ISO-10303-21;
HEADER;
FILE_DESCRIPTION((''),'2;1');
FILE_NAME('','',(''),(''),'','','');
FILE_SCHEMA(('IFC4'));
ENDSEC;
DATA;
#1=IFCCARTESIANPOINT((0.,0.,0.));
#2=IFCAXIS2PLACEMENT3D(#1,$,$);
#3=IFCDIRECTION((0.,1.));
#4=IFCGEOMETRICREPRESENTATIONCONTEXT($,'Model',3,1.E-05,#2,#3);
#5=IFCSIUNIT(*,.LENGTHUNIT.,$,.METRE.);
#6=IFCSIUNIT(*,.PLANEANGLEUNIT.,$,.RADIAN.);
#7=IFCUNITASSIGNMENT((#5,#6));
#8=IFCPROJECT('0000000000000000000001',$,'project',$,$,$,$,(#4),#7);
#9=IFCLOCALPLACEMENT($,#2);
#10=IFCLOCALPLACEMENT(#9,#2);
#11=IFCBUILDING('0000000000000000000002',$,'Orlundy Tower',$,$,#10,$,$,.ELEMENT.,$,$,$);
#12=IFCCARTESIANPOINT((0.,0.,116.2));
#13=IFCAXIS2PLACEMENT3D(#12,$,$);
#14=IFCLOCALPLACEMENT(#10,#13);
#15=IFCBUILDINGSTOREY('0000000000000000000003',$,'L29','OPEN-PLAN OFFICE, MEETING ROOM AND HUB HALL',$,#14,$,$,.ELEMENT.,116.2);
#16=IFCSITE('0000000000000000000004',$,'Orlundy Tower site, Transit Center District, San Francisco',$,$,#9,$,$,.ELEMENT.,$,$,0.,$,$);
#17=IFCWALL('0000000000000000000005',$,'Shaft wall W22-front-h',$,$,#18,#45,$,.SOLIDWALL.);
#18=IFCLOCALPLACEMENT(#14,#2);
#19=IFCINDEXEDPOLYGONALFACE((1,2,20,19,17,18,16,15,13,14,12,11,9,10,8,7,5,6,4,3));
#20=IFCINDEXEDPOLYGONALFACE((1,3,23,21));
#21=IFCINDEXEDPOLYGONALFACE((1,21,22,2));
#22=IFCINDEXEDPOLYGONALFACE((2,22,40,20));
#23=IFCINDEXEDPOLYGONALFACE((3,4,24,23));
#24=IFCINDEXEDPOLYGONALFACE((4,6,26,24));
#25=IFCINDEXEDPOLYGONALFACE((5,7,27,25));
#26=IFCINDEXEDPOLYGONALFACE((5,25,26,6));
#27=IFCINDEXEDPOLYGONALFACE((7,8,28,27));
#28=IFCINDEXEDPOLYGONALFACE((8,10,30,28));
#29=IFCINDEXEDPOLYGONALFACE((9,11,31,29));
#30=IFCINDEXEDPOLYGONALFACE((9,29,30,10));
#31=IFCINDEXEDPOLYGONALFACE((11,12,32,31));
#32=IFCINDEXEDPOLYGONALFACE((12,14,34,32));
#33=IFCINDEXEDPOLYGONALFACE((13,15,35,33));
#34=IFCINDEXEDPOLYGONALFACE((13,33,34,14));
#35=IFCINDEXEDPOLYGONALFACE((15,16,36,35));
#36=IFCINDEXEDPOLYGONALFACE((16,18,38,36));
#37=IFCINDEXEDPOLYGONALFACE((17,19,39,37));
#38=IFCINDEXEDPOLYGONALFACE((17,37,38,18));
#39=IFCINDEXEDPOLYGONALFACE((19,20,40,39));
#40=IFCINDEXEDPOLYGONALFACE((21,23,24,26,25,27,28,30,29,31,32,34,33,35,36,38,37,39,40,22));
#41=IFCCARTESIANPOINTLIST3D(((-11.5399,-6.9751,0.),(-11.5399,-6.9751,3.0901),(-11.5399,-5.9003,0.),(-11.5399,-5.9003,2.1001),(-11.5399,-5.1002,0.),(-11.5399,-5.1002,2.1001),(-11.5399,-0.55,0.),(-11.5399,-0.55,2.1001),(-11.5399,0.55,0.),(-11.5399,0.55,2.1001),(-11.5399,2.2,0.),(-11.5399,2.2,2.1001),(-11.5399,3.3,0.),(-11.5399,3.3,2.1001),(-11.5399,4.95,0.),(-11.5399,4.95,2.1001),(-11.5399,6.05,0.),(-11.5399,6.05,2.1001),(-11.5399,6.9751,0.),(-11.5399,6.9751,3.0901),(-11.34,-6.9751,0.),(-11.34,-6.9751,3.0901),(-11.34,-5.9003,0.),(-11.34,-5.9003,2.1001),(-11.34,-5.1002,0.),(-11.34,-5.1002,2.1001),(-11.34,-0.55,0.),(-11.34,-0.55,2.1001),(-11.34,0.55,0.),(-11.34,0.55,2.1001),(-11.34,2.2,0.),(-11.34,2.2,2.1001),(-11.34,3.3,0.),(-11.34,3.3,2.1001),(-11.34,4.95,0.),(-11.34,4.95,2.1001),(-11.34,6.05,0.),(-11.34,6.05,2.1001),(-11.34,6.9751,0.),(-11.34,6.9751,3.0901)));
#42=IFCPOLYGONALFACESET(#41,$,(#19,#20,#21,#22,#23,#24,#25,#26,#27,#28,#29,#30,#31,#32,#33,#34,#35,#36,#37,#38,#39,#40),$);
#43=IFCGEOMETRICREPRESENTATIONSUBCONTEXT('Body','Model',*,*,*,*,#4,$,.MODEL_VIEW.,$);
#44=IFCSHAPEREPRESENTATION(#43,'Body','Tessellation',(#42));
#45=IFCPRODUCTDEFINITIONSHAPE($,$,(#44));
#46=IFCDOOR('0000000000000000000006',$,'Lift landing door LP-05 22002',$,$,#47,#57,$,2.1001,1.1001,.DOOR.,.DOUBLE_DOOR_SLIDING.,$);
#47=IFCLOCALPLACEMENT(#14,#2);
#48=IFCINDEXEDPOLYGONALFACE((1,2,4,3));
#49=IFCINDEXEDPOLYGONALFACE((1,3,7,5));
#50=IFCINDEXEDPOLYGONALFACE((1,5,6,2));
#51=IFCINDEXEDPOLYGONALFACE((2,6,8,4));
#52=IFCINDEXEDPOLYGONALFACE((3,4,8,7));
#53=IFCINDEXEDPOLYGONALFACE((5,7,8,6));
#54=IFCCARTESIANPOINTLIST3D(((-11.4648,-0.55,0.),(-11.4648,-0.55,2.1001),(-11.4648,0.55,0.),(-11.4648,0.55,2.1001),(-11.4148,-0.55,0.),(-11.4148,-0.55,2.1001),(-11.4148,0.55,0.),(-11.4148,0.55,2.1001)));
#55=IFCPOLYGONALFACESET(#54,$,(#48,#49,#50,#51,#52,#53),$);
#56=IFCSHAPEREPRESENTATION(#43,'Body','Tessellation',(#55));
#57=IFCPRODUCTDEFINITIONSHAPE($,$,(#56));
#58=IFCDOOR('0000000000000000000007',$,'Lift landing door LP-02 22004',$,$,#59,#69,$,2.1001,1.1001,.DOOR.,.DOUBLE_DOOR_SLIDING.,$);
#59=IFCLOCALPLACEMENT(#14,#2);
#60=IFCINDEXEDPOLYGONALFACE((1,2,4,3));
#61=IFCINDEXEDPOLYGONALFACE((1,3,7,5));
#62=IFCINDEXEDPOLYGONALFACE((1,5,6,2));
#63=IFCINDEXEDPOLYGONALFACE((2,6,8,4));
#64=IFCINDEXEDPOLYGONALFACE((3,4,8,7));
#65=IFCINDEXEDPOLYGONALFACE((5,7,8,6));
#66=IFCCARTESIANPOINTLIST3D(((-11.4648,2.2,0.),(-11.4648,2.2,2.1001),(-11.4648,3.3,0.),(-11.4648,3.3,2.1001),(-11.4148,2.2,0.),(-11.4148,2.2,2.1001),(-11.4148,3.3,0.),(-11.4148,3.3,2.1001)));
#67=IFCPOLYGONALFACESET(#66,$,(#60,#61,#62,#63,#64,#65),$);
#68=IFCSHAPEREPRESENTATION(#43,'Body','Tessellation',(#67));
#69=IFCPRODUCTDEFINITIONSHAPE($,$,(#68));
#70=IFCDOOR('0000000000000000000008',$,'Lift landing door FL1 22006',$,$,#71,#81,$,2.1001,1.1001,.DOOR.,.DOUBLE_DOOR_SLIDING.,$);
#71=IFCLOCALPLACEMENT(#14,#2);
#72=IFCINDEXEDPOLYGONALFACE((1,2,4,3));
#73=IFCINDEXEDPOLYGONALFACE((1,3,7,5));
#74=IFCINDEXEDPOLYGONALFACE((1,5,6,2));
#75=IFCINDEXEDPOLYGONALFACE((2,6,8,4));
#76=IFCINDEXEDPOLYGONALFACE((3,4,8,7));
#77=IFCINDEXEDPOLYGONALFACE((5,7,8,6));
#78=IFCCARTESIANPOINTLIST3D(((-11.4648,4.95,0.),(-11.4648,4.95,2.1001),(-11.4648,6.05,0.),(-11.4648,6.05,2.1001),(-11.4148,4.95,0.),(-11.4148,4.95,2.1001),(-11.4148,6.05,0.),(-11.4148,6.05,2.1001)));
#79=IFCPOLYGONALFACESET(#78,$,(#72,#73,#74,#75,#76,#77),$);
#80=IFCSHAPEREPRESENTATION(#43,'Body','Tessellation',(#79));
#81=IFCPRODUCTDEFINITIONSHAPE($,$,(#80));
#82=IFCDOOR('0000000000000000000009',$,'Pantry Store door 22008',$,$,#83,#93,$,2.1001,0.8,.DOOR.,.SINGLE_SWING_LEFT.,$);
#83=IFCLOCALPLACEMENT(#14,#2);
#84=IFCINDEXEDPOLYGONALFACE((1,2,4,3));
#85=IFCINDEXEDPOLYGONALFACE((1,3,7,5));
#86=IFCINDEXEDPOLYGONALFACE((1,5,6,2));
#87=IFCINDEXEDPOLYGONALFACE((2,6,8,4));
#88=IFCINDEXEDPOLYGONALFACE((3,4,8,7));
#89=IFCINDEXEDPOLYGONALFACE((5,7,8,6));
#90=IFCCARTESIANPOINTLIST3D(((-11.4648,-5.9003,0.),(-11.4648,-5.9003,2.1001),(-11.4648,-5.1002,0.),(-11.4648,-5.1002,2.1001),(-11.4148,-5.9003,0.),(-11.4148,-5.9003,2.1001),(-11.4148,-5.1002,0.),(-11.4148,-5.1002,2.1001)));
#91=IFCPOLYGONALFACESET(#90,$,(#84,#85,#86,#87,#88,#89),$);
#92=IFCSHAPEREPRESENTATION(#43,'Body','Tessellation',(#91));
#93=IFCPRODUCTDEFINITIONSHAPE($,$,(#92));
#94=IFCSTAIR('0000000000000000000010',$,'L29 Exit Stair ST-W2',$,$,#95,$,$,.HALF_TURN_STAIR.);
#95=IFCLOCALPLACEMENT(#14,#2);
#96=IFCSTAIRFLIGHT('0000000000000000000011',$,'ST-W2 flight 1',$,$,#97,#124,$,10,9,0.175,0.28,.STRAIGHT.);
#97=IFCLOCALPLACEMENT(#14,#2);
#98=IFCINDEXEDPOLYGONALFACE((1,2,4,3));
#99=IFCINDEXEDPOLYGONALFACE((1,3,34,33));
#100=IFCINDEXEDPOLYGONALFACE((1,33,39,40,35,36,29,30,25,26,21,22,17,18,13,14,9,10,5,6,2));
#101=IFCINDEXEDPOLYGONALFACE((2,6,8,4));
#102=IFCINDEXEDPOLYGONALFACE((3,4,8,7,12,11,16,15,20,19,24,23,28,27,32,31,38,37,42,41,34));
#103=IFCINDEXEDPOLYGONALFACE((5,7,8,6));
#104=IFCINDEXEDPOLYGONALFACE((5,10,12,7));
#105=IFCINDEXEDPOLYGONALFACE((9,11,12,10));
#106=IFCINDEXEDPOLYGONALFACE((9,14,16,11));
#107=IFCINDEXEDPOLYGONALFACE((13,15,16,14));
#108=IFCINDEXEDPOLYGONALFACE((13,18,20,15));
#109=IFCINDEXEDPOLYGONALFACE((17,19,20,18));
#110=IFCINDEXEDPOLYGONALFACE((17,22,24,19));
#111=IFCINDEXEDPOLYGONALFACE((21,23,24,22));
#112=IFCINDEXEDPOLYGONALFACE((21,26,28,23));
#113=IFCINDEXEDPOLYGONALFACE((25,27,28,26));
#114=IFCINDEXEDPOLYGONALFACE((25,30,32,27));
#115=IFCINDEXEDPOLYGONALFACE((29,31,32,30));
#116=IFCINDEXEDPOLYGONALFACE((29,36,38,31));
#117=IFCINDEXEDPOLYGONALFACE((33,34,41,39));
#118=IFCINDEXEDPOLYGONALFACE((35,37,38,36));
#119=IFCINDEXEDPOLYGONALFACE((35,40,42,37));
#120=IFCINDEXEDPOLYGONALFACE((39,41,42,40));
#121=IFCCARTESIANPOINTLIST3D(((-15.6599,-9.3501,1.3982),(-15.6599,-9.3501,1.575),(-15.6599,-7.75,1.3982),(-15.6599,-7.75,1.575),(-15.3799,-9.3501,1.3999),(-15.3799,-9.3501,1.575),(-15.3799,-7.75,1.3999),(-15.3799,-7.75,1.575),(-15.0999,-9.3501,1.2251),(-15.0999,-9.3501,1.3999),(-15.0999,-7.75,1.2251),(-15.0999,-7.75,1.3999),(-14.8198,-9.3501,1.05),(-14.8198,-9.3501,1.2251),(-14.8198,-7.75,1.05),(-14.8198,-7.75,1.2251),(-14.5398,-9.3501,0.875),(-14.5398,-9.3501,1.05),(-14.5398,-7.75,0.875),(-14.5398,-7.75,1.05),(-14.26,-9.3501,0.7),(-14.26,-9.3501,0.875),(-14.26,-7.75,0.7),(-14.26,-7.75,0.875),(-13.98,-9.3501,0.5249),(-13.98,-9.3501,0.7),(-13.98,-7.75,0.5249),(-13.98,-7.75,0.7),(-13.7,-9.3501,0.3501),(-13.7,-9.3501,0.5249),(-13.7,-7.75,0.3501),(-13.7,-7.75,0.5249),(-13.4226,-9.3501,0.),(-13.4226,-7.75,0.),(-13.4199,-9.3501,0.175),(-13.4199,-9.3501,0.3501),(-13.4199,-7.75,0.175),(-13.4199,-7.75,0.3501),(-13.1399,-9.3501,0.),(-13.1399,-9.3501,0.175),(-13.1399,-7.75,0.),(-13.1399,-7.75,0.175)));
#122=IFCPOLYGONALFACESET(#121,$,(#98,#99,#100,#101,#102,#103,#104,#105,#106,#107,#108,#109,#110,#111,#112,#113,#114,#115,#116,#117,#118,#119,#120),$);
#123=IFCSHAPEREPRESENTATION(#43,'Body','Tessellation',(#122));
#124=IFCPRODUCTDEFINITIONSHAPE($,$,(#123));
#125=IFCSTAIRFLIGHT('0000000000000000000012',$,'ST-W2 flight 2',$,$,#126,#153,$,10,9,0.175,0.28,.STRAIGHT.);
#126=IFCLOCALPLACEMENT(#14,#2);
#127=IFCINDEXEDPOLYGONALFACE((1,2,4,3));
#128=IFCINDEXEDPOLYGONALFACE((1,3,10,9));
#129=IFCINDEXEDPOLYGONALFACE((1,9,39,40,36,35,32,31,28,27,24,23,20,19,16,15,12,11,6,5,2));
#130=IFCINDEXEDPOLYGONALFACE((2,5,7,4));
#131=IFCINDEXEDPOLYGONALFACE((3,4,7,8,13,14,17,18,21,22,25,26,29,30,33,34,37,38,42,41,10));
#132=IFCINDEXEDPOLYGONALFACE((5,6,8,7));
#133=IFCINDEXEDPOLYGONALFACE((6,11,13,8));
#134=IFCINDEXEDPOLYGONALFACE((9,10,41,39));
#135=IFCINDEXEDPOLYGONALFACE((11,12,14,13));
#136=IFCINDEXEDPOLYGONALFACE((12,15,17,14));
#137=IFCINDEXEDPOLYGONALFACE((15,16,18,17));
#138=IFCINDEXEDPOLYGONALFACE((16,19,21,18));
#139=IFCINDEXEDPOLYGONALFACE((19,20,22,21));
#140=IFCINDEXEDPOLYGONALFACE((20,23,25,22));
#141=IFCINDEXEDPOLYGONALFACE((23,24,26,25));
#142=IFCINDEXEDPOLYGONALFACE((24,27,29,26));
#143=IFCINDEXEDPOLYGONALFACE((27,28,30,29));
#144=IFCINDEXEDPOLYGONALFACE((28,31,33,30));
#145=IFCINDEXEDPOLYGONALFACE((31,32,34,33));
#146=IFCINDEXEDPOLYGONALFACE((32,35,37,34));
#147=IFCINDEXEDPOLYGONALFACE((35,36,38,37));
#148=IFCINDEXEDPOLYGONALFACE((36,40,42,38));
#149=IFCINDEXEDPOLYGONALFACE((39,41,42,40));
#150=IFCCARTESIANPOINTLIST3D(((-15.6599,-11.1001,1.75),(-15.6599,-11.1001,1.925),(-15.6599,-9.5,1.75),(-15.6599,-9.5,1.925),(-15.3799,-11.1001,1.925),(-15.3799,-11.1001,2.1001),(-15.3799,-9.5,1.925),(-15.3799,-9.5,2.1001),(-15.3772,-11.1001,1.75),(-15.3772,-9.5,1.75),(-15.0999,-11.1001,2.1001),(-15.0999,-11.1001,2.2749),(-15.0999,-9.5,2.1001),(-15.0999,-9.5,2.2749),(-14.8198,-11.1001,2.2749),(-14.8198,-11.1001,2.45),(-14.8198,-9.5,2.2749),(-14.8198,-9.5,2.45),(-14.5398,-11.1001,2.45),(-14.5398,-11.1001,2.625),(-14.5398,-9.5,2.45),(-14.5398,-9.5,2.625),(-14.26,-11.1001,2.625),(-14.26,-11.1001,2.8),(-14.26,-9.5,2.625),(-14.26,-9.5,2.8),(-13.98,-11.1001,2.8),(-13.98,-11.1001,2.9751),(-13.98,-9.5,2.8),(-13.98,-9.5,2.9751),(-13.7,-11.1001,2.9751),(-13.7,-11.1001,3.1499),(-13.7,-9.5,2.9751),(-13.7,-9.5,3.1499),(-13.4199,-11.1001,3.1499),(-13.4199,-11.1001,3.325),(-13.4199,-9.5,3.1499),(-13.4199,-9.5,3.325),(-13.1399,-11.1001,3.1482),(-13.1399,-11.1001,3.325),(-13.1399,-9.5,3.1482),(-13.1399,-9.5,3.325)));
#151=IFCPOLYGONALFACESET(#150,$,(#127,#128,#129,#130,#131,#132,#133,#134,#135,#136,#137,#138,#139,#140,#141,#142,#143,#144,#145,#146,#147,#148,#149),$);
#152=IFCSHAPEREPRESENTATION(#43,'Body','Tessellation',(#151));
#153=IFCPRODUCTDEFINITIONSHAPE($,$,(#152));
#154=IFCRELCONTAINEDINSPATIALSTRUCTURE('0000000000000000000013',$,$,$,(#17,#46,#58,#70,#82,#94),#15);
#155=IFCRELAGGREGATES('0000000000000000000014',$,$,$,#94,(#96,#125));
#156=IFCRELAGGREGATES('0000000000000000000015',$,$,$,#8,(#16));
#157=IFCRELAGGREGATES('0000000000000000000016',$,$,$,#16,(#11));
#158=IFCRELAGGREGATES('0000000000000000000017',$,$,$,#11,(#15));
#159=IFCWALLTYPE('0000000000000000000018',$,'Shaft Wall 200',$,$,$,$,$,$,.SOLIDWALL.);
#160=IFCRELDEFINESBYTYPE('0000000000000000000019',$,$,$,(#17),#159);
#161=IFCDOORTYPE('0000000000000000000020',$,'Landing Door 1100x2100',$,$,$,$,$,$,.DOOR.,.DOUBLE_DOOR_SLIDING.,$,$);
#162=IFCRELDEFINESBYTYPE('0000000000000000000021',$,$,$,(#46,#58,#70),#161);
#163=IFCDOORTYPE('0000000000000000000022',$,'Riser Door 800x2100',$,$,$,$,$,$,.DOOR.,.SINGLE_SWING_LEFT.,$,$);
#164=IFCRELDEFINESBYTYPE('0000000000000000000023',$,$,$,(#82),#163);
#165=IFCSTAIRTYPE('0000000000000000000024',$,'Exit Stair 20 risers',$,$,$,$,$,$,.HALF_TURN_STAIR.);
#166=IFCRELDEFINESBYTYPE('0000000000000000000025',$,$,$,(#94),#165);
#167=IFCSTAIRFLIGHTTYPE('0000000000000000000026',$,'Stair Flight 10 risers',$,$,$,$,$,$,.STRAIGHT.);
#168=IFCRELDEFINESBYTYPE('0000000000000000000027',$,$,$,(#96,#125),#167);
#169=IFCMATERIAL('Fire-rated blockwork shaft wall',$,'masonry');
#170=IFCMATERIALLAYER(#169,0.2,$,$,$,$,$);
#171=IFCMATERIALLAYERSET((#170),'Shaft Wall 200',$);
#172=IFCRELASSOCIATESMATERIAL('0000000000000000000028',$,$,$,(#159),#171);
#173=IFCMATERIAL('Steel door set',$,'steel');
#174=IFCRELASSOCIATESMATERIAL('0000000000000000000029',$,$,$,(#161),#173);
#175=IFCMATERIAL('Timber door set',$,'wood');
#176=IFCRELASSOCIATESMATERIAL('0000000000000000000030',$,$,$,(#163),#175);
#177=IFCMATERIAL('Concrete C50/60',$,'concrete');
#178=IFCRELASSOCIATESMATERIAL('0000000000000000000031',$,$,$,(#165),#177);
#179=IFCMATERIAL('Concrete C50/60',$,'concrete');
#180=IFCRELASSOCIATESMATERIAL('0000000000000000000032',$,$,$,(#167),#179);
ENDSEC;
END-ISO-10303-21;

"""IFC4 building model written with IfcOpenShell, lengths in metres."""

from ifc_helpers import new_model, si_unit, direction, frame, frame_2d, origin, place, context, subcontext, project, spatial, polyline, rectangle, outline, extrude, material, layer, layer_set, type_object, element, fill, aggregate, save


model = new_model("IFC4")

# Units and contexts
model_context = context("Model", 3, precision=1e-05, world=origin(), true_north=direction((0.0, 1.0)))
body_context = subcontext(model_context, "Body", "Model", "MODEL_VIEW")
ifc_project = project(units=[si_unit("LENGTHUNIT", "METRE"), si_unit("PLANEANGLEUNIT", "RADIAN")], contexts=[model_context])

# Site, building, storey
site_placement = place(None, origin())
site = spatial("IfcSite", under=ifc_project, at=site_placement, Name="Orlundy Tower site, Transit Center District, San Francisco", CompositionType="ELEMENT", RefElevation=0.0)
building_placement = place(site_placement, origin())
building = spatial("IfcBuilding", under=site, at=building_placement, Name="Orlundy Tower", CompositionType="ELEMENT")
storey_placement = place(building_placement, frame((0.0, 0.0, 116.2)))
storey = spatial("IfcBuildingStorey", under=building, at=storey_placement, Name="L29", Description="OPEN-PLAN OFFICE, MEETING ROOM AND HUB HALL", CompositionType="ELEMENT", Elevation=116.2)

# Shared definitions
ifc_material_1 = material(Name="Fire-rated blockwork shaft wall", Category="masonry")
ifc_layer_1 = layer(ifc_material_1, 0.2)
ifc_layer_set_1 = layer_set([ifc_layer_1], Name="Shaft Wall 200")
wall_type_1 = type_object("IfcWallType", Name="Shaft Wall 200", PredefinedType="SOLIDWALL", material=ifc_layer_set_1)

# Wall, openings, doors
wall_1_placement = place(storey_placement, frame((-11.4399, -6.9751, 0.0), z_axis=(0.0, 0.0, 1.0), x_axis=(0.0, 1.0, 0.0)))
wall_1 = element("IfcWall", 1, at=wall_1_placement, inside=storey, type_object=wall_type_1, Name="Shaft wall W22-front-h", PredefinedType="SOLIDWALL", context=body_context, shape_type="SweptSolid", body=[
    extrude(rectangle(XDim=13.9502, YDim=0.2, at=frame_2d((6.9751, 0.0))), origin(), (0.0, 0.0, 1.0), 3.0901),
])
opening_1_placement = place(wall_1_placement, frame((6.425, 0.0, 0.0)))
opening_1 = element("IfcOpeningElement", 2, at=opening_1_placement, cuts=wall_1, PredefinedType="OPENING", context=body_context, shape_type="SweptSolid", body=[
    extrude(rectangle(XDim=1.1001, YDim=2.1001, at=frame_2d((0.55, 1.05))), frame((0.0, 0.1101, 0.0), z_axis=(0.0, -1.0, 0.0), x_axis=(1.0, 0.0, 0.0)), (0.0, 0.0, 1.0), 0.2202),
])
opening_2_placement = place(wall_1_placement, frame((9.175, 0.0, 0.0)))
opening_2 = element("IfcOpeningElement", 3, at=opening_2_placement, cuts=wall_1, PredefinedType="OPENING", context=body_context, shape_type="SweptSolid", body=[
    extrude(rectangle(XDim=1.1001, YDim=2.1001, at=frame_2d((0.55, 1.05))), frame((0.0, 0.1101, 0.0), z_axis=(0.0, -1.0, 0.0), x_axis=(1.0, 0.0, 0.0)), (0.0, 0.0, 1.0), 0.2202),
])
opening_3_placement = place(wall_1_placement, frame((11.925, 0.0, 0.0)))
opening_3 = element("IfcOpeningElement", 4, at=opening_3_placement, cuts=wall_1, PredefinedType="OPENING", context=body_context, shape_type="SweptSolid", body=[
    extrude(rectangle(XDim=1.1001, YDim=2.1001, at=frame_2d((0.55, 1.05))), frame((0.0, 0.1101, 0.0), z_axis=(0.0, -1.0, 0.0), x_axis=(1.0, 0.0, 0.0)), (0.0, 0.0, 1.0), 0.2202),
])
opening_4_placement = place(wall_1_placement, frame((1.075, 0.0, 0.0)))
opening_4 = element("IfcOpeningElement", 5, at=opening_4_placement, cuts=wall_1, PredefinedType="OPENING", context=body_context, shape_type="SweptSolid", body=[
    extrude(rectangle(XDim=0.8, YDim=2.1001, at=frame_2d((0.3999, 1.05))), frame((0.0, 0.1101, 0.0), z_axis=(0.0, -1.0, 0.0), x_axis=(1.0, 0.0, 0.0)), (0.0, 0.0, 1.0), 0.2202),
])
ifc_material_2 = material(Name="Steel door set", Category="steel")
door_type_1 = type_object("IfcDoorType", Name="Landing Door 1100x2100", OperationType="DOUBLE_DOOR_SLIDING", PredefinedType="DOOR", material=ifc_material_2)
door_1_placement = place(opening_1_placement, origin())
door_1 = element("IfcDoor", 6, at=door_1_placement, inside=storey, type_object=door_type_1, Name="Lift landing door LP-05 22002", OperationType="DOUBLE_DOOR_SLIDING", OverallHeight=2.1001, OverallWidth=1.1001, PredefinedType="DOOR", context=body_context, shape_type="SweptSolid", body=[
    extrude(rectangle(XDim=1.1001, YDim=2.1001, at=frame_2d((0.55, 1.05))), frame((0.0, 0.0249, 0.0), z_axis=(0.0, -1.0, 0.0), x_axis=(1.0, 0.0, 0.0)), (0.0, 0.0, 1.0), 0.05),
])
fill(opening_1, door_1)
door_2_placement = place(opening_2_placement, origin())
door_2 = element("IfcDoor", 7, at=door_2_placement, inside=storey, type_object=door_type_1, Name="Lift landing door LP-02 22004", OperationType="DOUBLE_DOOR_SLIDING", OverallHeight=2.1001, OverallWidth=1.1001, PredefinedType="DOOR", context=body_context, shape_type="SweptSolid", body=[
    extrude(rectangle(XDim=1.1001, YDim=2.1001, at=frame_2d((0.55, 1.05))), frame((0.0, 0.0249, 0.0), z_axis=(0.0, -1.0, 0.0), x_axis=(1.0, 0.0, 0.0)), (0.0, 0.0, 1.0), 0.05),
])
fill(opening_2, door_2)
door_3_placement = place(opening_3_placement, origin())
door_3 = element("IfcDoor", 8, at=door_3_placement, inside=storey, type_object=door_type_1, Name="Lift landing door FL1 22006", OperationType="DOUBLE_DOOR_SLIDING", OverallHeight=2.1001, OverallWidth=1.1001, PredefinedType="DOOR", context=body_context, shape_type="SweptSolid", body=[
    extrude(rectangle(XDim=1.1001, YDim=2.1001, at=frame_2d((0.55, 1.05))), frame((0.0, 0.0249, 0.0), z_axis=(0.0, -1.0, 0.0), x_axis=(1.0, 0.0, 0.0)), (0.0, 0.0, 1.0), 0.05),
])
fill(opening_3, door_3)
ifc_material_3 = material(Name="Timber door set", Category="wood")
door_type_2 = type_object("IfcDoorType", Name="Riser Door 800x2100", OperationType="SINGLE_SWING_LEFT", PredefinedType="DOOR", material=ifc_material_3)
door_4_placement = place(opening_4_placement, origin())
door_4 = element("IfcDoor", 9, at=door_4_placement, inside=storey, type_object=door_type_2, Name="Pantry Store door 22008", OperationType="SINGLE_SWING_LEFT", OverallHeight=2.1001, OverallWidth=0.8, PredefinedType="DOOR", context=body_context, shape_type="SweptSolid", body=[
    extrude(rectangle(XDim=0.8, YDim=2.1001, at=frame_2d((0.3999, 1.05))), frame((0.0, 0.0249, 0.0), z_axis=(0.0, -1.0, 0.0), x_axis=(1.0, 0.0, 0.0)), (0.0, 0.0, 1.0), 0.05),
])
fill(opening_4, door_4)

# Stair, stair flights
ifc_material_4 = material(Name="Concrete C50/60", Category="concrete")
stair_type = type_object("IfcStairType", Name="Exit Stair 20 risers", PredefinedType="HALF_TURN_STAIR", material=ifc_material_4)
stair_placement = place(storey_placement, origin())
stair = element("IfcStair", 10, at=stair_placement, inside=storey, type_object=stair_type, Name="L29 Exit Stair ST-W2", PredefinedType="HALF_TURN_STAIR")
ifc_material_5 = material(Name="Concrete C50/60", Category="concrete")
stair_flight_type = type_object("IfcStairFlightType", Name="Stair Flight 10 risers", PredefinedType="STRAIGHT", material=ifc_material_5)
stair_flight_1_placement = place(storey_placement, frame((-13.1399, -8.55, 0.0), z_axis=(0.0, 0.0, 1.0), x_axis=(-1.0, 0.0, 0.0)))
stair_flight_1 = element("IfcStairFlight", 11, at=stair_flight_1_placement, type_object=stair_flight_type, Name="ST-W2 flight 1", NumberOfRisers=10, NumberOfTreads=9, PredefinedType="STRAIGHT", RiserHeight=0.175, TreadLength=0.28, context=body_context, shape_type="SweptSolid", body=[
    extrude(outline(polyline([(0.0, 0.0), (0.0, 0.175), (0.28, 0.175), (0.28, 0.3501), (0.5601, 0.3501), (0.5601, 0.5249), (0.8401, 0.5249), (0.8401, 0.7), (1.1201, 0.7), (1.1201, 0.875), (1.3999, 0.875), (1.3999, 1.05), (1.6799, 1.05), (1.6799, 1.2251), (1.96, 1.2251), (1.96, 1.3999), (2.24, 1.3999), (2.24, 1.575), (2.52, 1.575), (2.52, 1.75), (2.52, 1.3982), (0.2827, 0.0), (0.0, 0.0)])), frame((0.0, 0.8, 0.0), z_axis=(0.0, -1.0, 0.0), x_axis=(1.0, 0.0, 0.0)), (0.0, 0.0, 1.0), 1.6001),
])
stair_flight_2_placement = place(storey_placement, frame((-15.6599, -10.3, 1.75), z_axis=(0.0, 0.0, 1.0), x_axis=(1.0, 0.0, 0.0)))
stair_flight_2 = element("IfcStairFlight", 12, at=stair_flight_2_placement, type_object=stair_flight_type, Name="ST-W2 flight 2", NumberOfRisers=10, NumberOfTreads=9, PredefinedType="STRAIGHT", RiserHeight=0.175, TreadLength=0.28, context=body_context, shape_type="SweptSolid", body=[
    extrude(outline(polyline([(0.0, 0.0), (0.0, 0.175), (0.28, 0.175), (0.28, 0.3501), (0.5601, 0.3501), (0.5601, 0.5249), (0.8401, 0.5249), (0.8401, 0.7), (1.1201, 0.7), (1.1201, 0.875), (1.3999, 0.875), (1.3999, 1.05), (1.6799, 1.05), (1.6799, 1.2251), (1.96, 1.2251), (1.96, 1.3999), (2.24, 1.3999), (2.24, 1.575), (2.52, 1.575), (2.52, 1.75), (2.52, 1.3982), (0.2827, 0.0), (0.0, 0.0)])), frame((0.0, 0.8, 0.0), z_axis=(0.0, -1.0, 0.0), x_axis=(1.0, 0.0, 0.0)), (0.0, 0.0, 1.0), 1.6001),
])
aggregate(stair, [stair_flight_1, stair_flight_2])

save(model, "model.ifc")
